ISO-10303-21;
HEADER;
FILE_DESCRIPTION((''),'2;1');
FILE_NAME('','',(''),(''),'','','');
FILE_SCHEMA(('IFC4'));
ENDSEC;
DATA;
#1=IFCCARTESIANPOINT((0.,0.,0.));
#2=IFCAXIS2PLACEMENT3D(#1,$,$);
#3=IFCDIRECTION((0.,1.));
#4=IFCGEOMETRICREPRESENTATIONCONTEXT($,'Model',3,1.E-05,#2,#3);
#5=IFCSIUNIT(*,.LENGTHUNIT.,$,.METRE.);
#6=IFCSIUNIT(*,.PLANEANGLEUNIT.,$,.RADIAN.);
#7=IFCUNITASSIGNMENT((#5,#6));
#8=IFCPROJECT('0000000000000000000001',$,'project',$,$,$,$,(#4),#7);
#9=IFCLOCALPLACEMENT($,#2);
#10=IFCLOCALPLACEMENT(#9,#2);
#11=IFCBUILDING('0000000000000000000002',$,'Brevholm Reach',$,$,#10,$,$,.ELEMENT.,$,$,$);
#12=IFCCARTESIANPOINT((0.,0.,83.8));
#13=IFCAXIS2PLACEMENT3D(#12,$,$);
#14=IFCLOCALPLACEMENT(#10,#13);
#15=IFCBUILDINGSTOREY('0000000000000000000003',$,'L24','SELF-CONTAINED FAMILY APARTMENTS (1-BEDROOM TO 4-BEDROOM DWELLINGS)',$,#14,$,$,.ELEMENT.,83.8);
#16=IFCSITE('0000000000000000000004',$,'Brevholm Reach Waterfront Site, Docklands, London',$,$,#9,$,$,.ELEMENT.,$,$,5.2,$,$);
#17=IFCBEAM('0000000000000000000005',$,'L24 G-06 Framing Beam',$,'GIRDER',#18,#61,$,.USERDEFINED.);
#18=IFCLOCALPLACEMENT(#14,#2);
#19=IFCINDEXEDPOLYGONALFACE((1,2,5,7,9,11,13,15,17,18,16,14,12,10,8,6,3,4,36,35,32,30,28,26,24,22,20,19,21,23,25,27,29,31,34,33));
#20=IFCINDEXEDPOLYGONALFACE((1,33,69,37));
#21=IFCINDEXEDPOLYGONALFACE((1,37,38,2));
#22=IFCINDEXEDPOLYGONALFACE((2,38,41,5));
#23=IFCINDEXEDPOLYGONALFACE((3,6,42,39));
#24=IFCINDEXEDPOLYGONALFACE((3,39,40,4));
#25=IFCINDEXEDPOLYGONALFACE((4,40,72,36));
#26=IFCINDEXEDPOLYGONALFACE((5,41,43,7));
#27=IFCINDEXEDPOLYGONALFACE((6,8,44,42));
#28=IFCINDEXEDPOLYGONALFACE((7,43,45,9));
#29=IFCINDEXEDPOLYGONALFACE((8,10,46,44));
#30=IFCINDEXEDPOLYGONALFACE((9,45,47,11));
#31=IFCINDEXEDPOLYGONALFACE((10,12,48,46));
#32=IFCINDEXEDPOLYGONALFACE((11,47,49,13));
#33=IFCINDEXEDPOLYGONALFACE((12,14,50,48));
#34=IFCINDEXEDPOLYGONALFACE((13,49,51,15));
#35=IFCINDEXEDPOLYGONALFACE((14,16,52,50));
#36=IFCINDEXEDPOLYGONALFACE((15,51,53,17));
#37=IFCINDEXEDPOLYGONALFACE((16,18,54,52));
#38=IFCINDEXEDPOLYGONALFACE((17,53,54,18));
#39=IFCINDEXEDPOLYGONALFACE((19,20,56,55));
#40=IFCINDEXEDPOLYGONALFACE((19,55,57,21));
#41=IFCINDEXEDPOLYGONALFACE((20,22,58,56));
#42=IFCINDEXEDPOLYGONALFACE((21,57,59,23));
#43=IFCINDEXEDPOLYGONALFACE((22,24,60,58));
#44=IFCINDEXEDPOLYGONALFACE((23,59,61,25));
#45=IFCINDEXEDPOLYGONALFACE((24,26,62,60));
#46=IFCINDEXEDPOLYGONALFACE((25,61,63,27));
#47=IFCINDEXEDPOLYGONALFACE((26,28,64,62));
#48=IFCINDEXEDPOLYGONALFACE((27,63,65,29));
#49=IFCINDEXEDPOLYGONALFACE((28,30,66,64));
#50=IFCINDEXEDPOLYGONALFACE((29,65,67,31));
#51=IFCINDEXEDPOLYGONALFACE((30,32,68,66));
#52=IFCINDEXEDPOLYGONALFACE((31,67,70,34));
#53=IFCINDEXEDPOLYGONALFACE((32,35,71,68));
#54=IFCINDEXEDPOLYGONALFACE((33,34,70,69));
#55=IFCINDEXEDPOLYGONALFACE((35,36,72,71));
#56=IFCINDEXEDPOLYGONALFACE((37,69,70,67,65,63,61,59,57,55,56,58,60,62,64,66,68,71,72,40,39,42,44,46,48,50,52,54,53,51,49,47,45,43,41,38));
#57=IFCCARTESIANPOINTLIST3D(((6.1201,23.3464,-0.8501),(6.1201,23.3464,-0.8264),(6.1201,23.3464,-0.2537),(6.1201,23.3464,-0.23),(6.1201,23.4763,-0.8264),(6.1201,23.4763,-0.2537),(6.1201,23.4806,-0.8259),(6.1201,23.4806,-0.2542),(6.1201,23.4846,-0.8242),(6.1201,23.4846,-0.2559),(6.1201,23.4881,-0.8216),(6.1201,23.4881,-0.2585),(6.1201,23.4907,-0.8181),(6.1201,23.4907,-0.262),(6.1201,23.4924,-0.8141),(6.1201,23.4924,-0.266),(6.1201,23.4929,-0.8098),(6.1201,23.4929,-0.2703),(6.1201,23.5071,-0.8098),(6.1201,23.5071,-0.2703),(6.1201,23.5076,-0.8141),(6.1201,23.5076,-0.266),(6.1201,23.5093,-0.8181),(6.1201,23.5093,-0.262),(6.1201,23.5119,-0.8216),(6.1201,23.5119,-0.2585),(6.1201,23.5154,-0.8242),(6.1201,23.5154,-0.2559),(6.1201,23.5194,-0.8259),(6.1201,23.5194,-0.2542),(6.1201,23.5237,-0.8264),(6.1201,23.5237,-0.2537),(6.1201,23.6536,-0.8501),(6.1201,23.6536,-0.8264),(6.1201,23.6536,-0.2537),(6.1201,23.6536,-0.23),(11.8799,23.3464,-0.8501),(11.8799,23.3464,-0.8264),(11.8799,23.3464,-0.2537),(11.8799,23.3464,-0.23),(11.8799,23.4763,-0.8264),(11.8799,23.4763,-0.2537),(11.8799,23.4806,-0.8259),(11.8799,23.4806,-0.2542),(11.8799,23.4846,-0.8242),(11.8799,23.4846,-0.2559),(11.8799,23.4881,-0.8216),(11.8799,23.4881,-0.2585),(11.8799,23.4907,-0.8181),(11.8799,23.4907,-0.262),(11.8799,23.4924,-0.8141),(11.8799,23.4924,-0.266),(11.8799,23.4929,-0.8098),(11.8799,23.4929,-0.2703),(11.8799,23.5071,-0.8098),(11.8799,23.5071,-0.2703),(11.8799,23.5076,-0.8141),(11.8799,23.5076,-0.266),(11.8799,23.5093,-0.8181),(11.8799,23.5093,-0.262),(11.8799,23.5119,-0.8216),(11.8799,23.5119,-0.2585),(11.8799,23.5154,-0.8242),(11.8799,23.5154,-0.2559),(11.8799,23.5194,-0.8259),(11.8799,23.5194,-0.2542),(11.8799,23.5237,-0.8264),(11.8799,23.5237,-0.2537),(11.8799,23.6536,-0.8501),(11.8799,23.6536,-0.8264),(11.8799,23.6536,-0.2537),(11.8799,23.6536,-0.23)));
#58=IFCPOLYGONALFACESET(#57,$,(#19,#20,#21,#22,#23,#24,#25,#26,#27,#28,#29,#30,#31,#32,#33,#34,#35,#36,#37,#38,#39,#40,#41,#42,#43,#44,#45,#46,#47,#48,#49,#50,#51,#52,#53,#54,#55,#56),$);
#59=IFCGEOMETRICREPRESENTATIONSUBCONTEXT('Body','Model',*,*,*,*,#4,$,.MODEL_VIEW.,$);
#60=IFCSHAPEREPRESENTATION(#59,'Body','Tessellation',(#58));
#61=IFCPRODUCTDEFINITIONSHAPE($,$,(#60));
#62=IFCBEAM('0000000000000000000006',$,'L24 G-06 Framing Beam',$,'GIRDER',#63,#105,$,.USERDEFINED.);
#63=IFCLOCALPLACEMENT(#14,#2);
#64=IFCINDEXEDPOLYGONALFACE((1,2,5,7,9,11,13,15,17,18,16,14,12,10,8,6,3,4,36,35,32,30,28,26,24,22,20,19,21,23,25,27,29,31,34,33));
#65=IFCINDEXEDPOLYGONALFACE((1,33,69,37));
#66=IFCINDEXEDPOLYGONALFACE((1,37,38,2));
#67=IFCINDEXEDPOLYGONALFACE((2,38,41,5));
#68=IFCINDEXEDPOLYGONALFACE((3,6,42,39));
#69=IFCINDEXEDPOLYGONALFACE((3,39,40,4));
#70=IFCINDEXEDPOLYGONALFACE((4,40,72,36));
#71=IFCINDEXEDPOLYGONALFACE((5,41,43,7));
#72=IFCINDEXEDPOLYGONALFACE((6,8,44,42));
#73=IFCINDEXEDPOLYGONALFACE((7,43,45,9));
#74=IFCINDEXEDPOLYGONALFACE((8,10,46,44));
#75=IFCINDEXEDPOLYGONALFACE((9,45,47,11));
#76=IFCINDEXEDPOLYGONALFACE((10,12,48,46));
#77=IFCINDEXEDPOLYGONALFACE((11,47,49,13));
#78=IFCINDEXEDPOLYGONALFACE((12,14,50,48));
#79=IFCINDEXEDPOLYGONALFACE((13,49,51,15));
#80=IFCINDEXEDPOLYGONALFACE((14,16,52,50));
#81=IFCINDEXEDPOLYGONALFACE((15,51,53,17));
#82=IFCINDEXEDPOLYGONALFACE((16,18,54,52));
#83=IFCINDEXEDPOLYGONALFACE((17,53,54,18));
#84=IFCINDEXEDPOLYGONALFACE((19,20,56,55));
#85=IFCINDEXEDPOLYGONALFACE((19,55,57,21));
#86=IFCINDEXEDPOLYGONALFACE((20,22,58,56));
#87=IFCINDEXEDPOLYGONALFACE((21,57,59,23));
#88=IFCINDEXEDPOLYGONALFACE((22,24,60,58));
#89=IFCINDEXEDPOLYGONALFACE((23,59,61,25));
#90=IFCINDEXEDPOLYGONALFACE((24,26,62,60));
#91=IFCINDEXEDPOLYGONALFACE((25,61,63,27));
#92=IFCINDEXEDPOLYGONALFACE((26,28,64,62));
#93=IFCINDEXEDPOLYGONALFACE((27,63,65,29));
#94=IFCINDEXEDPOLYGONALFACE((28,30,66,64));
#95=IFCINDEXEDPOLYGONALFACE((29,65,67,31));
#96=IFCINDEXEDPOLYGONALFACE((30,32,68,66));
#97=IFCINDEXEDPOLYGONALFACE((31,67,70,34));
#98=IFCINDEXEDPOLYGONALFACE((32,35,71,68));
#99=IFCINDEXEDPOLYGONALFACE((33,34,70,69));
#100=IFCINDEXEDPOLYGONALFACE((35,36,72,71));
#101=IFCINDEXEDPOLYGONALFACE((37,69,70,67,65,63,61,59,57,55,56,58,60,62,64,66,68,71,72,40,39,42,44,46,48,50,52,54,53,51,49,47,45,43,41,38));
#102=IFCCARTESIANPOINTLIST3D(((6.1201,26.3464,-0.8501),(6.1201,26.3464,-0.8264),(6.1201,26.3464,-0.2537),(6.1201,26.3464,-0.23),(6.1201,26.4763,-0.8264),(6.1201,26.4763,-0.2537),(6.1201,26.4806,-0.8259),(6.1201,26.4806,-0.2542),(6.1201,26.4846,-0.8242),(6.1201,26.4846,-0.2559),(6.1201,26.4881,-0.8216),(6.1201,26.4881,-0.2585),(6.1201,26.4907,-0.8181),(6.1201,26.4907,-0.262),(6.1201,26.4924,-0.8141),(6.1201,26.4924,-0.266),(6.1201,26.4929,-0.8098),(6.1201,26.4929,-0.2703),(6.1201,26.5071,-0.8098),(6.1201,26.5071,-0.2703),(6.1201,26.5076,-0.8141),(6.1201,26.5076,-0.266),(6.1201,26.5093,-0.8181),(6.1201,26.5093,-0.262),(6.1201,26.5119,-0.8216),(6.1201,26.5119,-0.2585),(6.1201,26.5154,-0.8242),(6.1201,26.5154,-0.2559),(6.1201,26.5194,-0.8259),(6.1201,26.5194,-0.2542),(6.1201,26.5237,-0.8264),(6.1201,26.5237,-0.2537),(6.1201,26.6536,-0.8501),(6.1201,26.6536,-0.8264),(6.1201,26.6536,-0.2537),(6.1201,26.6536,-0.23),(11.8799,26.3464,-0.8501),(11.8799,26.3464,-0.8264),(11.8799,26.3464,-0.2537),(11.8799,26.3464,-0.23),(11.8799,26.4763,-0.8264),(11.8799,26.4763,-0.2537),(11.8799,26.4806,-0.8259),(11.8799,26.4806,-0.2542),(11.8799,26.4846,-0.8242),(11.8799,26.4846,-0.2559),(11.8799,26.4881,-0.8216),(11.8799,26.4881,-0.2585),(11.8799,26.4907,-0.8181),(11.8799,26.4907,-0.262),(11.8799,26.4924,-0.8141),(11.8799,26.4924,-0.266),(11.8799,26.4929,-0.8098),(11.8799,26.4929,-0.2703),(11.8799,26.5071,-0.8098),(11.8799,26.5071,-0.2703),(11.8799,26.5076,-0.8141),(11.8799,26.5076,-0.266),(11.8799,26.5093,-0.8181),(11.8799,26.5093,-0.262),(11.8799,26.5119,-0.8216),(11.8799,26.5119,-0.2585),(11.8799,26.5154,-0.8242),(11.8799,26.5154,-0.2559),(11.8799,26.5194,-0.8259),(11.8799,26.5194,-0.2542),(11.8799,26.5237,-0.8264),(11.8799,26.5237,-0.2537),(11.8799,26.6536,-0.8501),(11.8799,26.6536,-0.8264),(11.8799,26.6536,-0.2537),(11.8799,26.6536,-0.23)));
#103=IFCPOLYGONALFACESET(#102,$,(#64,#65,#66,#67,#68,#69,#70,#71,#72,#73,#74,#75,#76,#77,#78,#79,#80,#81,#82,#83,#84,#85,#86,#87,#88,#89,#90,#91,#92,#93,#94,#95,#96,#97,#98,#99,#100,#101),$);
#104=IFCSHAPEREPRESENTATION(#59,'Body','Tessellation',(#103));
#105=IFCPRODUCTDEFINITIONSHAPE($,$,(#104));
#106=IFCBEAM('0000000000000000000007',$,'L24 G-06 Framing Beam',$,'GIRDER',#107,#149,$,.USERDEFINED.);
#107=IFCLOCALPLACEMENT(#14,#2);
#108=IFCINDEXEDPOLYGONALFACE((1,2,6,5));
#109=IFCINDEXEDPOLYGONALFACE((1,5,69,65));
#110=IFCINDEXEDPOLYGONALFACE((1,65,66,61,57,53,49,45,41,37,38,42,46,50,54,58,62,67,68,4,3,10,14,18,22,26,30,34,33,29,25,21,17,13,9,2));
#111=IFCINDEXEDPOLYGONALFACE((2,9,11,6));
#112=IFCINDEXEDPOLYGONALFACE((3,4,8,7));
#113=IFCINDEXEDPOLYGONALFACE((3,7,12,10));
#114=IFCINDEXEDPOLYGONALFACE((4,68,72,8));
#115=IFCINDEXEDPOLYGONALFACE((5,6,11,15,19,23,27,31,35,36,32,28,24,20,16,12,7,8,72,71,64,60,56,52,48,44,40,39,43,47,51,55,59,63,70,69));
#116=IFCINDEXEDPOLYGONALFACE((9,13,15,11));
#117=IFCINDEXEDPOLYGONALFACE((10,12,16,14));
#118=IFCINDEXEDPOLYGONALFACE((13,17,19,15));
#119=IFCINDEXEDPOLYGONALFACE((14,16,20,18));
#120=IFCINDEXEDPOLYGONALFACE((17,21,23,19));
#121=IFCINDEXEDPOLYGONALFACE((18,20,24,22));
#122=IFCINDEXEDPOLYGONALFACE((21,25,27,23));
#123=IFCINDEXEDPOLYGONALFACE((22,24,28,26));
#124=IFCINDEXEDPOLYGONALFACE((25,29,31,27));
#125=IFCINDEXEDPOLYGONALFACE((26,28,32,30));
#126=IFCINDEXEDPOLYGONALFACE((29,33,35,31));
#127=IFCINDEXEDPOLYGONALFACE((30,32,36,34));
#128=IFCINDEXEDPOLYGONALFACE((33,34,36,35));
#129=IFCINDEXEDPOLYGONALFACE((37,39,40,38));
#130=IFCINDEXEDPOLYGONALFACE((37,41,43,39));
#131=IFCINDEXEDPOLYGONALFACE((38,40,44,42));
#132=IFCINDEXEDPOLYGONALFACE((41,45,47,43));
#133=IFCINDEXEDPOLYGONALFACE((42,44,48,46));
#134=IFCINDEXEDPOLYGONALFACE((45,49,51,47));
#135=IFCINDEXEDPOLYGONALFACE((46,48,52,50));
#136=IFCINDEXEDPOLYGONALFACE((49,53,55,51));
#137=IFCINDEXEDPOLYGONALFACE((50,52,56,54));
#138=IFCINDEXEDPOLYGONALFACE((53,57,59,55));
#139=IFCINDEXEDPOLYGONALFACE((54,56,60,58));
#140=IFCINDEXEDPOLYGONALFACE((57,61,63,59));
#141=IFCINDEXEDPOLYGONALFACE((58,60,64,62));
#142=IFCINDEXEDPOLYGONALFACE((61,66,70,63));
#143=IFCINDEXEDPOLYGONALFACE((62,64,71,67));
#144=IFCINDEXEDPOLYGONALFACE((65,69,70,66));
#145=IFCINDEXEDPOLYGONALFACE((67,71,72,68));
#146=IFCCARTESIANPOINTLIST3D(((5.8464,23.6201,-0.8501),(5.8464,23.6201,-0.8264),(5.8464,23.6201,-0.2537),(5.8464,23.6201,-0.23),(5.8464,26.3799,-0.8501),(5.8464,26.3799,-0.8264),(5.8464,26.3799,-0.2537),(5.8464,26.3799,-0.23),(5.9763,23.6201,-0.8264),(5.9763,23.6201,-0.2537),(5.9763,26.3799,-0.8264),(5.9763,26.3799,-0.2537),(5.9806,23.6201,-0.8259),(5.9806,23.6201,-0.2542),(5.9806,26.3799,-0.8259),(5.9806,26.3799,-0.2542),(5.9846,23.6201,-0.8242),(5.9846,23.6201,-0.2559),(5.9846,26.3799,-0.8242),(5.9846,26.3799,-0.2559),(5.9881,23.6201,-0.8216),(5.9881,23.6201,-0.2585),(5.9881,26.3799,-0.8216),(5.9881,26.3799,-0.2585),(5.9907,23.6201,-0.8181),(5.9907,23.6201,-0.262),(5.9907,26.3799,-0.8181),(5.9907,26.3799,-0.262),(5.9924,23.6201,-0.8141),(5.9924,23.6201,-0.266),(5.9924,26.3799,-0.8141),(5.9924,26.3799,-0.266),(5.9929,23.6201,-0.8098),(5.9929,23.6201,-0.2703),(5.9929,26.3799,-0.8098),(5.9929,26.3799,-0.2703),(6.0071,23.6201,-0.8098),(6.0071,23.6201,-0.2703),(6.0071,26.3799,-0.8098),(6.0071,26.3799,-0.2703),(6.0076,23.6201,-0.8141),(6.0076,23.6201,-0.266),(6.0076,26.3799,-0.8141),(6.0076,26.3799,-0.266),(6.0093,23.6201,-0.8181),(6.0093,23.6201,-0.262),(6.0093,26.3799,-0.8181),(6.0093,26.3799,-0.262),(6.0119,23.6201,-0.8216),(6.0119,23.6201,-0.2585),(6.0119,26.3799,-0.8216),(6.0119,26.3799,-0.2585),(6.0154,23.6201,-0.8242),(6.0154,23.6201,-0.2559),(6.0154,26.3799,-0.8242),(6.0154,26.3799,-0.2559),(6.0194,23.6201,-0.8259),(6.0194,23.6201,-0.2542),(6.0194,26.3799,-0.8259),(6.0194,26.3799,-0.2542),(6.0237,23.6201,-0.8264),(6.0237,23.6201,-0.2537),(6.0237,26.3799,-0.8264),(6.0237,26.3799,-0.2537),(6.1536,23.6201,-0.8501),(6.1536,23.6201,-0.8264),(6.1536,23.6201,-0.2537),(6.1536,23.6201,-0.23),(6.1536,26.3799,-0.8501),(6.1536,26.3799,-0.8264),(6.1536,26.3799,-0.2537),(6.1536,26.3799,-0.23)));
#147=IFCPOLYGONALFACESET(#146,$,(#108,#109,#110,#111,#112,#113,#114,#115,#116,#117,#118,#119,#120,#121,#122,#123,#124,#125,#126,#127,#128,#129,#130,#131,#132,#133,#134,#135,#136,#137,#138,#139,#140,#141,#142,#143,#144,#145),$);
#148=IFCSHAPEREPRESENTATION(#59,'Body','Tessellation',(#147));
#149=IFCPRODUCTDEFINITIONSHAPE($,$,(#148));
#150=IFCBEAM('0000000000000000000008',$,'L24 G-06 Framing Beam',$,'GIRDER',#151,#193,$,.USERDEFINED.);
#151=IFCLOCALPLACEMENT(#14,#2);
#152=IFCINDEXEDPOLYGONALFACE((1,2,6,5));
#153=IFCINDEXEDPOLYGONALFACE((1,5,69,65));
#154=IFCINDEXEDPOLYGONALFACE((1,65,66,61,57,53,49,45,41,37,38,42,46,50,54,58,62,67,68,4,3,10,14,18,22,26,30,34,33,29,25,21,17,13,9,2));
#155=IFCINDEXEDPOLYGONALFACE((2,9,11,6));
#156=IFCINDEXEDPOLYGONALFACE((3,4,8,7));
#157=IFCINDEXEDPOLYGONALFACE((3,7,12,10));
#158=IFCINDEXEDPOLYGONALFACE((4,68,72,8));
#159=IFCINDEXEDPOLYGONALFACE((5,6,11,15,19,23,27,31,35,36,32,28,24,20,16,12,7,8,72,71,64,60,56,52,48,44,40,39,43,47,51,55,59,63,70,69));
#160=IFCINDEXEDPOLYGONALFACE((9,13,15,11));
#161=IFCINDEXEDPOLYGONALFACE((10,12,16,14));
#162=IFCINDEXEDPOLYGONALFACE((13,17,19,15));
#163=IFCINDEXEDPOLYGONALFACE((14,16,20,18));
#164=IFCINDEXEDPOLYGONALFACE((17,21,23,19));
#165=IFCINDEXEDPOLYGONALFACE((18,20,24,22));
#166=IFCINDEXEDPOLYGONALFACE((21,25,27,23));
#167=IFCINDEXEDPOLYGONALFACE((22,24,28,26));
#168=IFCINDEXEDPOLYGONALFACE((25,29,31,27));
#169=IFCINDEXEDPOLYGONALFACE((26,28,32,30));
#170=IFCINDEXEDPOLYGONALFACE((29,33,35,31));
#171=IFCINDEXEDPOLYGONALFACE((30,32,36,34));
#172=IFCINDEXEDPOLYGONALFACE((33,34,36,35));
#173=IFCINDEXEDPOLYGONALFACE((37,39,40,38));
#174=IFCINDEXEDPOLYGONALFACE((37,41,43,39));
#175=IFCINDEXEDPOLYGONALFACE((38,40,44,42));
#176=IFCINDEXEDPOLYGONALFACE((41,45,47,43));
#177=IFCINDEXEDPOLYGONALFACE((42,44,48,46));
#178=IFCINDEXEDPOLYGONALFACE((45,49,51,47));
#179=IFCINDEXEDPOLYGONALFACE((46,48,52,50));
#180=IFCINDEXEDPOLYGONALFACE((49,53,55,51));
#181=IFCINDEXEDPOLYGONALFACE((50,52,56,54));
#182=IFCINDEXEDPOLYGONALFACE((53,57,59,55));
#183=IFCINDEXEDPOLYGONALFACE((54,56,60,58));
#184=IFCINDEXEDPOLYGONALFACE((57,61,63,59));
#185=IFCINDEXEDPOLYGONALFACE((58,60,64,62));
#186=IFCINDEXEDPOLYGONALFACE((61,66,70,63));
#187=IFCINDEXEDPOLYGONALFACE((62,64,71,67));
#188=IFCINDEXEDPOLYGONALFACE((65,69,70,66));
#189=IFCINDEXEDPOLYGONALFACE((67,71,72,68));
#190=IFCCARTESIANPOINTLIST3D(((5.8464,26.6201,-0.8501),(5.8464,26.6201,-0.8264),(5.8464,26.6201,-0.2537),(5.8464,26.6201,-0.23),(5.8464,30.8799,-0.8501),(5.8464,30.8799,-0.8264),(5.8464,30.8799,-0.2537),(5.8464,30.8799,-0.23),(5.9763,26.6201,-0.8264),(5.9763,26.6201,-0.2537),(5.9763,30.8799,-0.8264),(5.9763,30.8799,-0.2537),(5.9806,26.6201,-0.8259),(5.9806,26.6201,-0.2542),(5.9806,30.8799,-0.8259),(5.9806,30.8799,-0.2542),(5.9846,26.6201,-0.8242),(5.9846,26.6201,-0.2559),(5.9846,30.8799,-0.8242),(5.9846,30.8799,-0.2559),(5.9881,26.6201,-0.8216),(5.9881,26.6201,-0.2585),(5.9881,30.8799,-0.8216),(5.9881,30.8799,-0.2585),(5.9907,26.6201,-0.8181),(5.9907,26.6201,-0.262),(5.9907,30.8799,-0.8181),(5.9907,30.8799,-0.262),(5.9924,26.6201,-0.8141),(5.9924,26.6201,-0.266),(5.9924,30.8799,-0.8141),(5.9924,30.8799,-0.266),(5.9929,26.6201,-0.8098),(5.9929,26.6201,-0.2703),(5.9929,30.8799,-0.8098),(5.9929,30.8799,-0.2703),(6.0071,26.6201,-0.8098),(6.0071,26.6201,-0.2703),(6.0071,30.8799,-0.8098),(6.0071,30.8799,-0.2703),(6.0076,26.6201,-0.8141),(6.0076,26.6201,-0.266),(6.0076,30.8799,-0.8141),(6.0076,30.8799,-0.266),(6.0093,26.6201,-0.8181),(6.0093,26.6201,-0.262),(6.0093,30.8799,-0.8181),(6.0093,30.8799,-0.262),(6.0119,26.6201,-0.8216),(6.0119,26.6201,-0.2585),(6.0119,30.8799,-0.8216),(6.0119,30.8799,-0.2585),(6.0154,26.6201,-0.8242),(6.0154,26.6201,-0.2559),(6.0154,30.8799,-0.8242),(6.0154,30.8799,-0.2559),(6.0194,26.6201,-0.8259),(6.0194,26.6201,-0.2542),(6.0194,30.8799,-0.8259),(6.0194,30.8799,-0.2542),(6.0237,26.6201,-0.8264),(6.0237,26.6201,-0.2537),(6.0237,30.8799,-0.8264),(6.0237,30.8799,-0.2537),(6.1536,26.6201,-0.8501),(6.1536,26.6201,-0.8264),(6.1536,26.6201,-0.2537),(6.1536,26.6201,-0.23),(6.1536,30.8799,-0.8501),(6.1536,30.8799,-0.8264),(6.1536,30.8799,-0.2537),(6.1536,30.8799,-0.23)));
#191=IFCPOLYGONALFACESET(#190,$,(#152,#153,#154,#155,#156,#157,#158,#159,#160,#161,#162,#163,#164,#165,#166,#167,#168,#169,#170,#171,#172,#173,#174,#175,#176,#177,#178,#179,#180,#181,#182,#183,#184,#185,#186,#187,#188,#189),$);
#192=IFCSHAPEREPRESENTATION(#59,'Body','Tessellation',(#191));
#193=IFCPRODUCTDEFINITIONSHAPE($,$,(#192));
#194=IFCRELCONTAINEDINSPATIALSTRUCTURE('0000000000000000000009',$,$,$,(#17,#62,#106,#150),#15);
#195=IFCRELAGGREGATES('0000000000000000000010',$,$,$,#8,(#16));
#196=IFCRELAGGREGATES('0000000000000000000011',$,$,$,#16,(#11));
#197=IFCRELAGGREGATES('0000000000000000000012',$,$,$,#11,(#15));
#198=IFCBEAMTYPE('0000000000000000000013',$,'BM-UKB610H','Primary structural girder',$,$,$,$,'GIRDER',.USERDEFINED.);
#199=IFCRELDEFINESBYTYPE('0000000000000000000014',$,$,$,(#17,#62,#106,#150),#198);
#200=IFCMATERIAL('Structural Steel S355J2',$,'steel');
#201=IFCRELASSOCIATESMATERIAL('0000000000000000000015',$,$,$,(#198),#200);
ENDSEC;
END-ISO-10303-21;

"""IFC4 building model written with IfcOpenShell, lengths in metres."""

from ifc_helpers import new_model, si_unit, direction, frame, origin, origin_2d, place, context, subcontext, project, spatial, i_section, extrude, material, material_profile, profile_set, type_object, element, save


model = new_model("IFC4")

# Units and contexts
model_context = context("Model", 3, precision=1e-05, world=origin(), true_north=direction((0.0, 1.0)))
body_context = subcontext(model_context, "Body", "Model", "MODEL_VIEW")
ifc_project = project(units=[si_unit("LENGTHUNIT", "METRE"), si_unit("PLANEANGLEUNIT", "RADIAN")], contexts=[model_context])

# Site, building, storey
site_placement = place(None, origin())
site = spatial("IfcSite", under=ifc_project, at=site_placement, Name="Brevholm Reach Waterfront Site, Docklands, London", CompositionType="ELEMENT", RefElevation=5.2)
building_placement = place(site_placement, origin())
building = spatial("IfcBuilding", under=site, at=building_placement, Name="Brevholm Reach", CompositionType="ELEMENT")
storey_placement = place(building_placement, frame((0.0, 0.0, 83.8)))
storey = spatial("IfcBuildingStorey", under=building, at=storey_placement, Name="L24", Description="SELF-CONTAINED FAMILY APARTMENTS (1-BEDROOM TO 4-BEDROOM DWELLINGS)", CompositionType="ELEMENT", Elevation=83.8)

# Beams
ifc_material_1 = material(Name="Structural Steel S355J2", Category="steel")
ifc_material_profile_1 = material_profile(ifc_material_1, i_section(OverallWidth=0.3071, OverallDepth=0.6201, WebThickness=0.0142, FlangeThickness=0.0237, FilletRadius=0.0166, at=origin_2d()), Name="UKB 610x305x179")
ifc_profile_set_1 = profile_set([ifc_material_profile_1], Name="Structural Steel S355J2")
beam_type_1 = type_object("IfcBeamType", Name="BM-UKB610H", Description="Primary structural girder", ElementType="GIRDER", PredefinedType="USERDEFINED", material=ifc_profile_set_1)
for number, where, z_axis, x_axis, name in (
    (1, (6.1201, 23.5, -0.54), (1.0, 0.0, 0.0), (0.0, 1.0, 0.0), "L24 G-06 Framing Beam"),
    (2, (6.1201, 26.5, -0.54), (1.0, 0.0, 0.0), (0.0, 1.0, 0.0), "L24 G-06 Framing Beam"),
):
    element("IfcBeam", number, at=place(storey_placement, frame(where, z_axis=z_axis, x_axis=x_axis)), inside=storey, type_object=beam_type_1, Name=name, ObjectType="GIRDER", PredefinedType="USERDEFINED", context=body_context, shape_type="SweptSolid", body=[
        extrude(i_section(OverallWidth=0.3071, OverallDepth=0.6201, WebThickness=0.0142, FlangeThickness=0.0237, FilletRadius=0.0166, at=origin_2d()), origin(), (0.0, 0.0, 1.0), 5.7598),
    ])
beam_1_placement = place(storey_placement, frame((6.0, 23.6201, -0.54), z_axis=(0.0, 1.0, 0.0), x_axis=(-1.0, 0.0, 0.0)))
element("IfcBeam", 3, at=beam_1_placement, inside=storey, type_object=beam_type_1, Name="L24 G-06 Framing Beam", ObjectType="GIRDER", PredefinedType="USERDEFINED", context=body_context, shape_type="SweptSolid", body=[
    extrude(i_section(OverallWidth=0.3071, OverallDepth=0.6201, WebThickness=0.0142, FlangeThickness=0.0237, FilletRadius=0.0166, at=origin_2d()), origin(), (0.0, 0.0, 1.0), 2.7598),
])
beam_2_placement = place(storey_placement, frame((6.0, 26.6201, -0.54), z_axis=(0.0, 1.0, 0.0), x_axis=(-1.0, 0.0, 0.0)))
element("IfcBeam", 4, at=beam_2_placement, inside=storey, type_object=beam_type_1, Name="L24 G-06 Framing Beam", ObjectType="GIRDER", PredefinedType="USERDEFINED", context=body_context, shape_type="SweptSolid", body=[
    extrude(i_section(OverallWidth=0.3071, OverallDepth=0.6201, WebThickness=0.0142, FlangeThickness=0.0237, FilletRadius=0.0166, at=origin_2d()), origin(), (0.0, 0.0, 1.0), 4.2598),
])

save(model, "model.ifc")
